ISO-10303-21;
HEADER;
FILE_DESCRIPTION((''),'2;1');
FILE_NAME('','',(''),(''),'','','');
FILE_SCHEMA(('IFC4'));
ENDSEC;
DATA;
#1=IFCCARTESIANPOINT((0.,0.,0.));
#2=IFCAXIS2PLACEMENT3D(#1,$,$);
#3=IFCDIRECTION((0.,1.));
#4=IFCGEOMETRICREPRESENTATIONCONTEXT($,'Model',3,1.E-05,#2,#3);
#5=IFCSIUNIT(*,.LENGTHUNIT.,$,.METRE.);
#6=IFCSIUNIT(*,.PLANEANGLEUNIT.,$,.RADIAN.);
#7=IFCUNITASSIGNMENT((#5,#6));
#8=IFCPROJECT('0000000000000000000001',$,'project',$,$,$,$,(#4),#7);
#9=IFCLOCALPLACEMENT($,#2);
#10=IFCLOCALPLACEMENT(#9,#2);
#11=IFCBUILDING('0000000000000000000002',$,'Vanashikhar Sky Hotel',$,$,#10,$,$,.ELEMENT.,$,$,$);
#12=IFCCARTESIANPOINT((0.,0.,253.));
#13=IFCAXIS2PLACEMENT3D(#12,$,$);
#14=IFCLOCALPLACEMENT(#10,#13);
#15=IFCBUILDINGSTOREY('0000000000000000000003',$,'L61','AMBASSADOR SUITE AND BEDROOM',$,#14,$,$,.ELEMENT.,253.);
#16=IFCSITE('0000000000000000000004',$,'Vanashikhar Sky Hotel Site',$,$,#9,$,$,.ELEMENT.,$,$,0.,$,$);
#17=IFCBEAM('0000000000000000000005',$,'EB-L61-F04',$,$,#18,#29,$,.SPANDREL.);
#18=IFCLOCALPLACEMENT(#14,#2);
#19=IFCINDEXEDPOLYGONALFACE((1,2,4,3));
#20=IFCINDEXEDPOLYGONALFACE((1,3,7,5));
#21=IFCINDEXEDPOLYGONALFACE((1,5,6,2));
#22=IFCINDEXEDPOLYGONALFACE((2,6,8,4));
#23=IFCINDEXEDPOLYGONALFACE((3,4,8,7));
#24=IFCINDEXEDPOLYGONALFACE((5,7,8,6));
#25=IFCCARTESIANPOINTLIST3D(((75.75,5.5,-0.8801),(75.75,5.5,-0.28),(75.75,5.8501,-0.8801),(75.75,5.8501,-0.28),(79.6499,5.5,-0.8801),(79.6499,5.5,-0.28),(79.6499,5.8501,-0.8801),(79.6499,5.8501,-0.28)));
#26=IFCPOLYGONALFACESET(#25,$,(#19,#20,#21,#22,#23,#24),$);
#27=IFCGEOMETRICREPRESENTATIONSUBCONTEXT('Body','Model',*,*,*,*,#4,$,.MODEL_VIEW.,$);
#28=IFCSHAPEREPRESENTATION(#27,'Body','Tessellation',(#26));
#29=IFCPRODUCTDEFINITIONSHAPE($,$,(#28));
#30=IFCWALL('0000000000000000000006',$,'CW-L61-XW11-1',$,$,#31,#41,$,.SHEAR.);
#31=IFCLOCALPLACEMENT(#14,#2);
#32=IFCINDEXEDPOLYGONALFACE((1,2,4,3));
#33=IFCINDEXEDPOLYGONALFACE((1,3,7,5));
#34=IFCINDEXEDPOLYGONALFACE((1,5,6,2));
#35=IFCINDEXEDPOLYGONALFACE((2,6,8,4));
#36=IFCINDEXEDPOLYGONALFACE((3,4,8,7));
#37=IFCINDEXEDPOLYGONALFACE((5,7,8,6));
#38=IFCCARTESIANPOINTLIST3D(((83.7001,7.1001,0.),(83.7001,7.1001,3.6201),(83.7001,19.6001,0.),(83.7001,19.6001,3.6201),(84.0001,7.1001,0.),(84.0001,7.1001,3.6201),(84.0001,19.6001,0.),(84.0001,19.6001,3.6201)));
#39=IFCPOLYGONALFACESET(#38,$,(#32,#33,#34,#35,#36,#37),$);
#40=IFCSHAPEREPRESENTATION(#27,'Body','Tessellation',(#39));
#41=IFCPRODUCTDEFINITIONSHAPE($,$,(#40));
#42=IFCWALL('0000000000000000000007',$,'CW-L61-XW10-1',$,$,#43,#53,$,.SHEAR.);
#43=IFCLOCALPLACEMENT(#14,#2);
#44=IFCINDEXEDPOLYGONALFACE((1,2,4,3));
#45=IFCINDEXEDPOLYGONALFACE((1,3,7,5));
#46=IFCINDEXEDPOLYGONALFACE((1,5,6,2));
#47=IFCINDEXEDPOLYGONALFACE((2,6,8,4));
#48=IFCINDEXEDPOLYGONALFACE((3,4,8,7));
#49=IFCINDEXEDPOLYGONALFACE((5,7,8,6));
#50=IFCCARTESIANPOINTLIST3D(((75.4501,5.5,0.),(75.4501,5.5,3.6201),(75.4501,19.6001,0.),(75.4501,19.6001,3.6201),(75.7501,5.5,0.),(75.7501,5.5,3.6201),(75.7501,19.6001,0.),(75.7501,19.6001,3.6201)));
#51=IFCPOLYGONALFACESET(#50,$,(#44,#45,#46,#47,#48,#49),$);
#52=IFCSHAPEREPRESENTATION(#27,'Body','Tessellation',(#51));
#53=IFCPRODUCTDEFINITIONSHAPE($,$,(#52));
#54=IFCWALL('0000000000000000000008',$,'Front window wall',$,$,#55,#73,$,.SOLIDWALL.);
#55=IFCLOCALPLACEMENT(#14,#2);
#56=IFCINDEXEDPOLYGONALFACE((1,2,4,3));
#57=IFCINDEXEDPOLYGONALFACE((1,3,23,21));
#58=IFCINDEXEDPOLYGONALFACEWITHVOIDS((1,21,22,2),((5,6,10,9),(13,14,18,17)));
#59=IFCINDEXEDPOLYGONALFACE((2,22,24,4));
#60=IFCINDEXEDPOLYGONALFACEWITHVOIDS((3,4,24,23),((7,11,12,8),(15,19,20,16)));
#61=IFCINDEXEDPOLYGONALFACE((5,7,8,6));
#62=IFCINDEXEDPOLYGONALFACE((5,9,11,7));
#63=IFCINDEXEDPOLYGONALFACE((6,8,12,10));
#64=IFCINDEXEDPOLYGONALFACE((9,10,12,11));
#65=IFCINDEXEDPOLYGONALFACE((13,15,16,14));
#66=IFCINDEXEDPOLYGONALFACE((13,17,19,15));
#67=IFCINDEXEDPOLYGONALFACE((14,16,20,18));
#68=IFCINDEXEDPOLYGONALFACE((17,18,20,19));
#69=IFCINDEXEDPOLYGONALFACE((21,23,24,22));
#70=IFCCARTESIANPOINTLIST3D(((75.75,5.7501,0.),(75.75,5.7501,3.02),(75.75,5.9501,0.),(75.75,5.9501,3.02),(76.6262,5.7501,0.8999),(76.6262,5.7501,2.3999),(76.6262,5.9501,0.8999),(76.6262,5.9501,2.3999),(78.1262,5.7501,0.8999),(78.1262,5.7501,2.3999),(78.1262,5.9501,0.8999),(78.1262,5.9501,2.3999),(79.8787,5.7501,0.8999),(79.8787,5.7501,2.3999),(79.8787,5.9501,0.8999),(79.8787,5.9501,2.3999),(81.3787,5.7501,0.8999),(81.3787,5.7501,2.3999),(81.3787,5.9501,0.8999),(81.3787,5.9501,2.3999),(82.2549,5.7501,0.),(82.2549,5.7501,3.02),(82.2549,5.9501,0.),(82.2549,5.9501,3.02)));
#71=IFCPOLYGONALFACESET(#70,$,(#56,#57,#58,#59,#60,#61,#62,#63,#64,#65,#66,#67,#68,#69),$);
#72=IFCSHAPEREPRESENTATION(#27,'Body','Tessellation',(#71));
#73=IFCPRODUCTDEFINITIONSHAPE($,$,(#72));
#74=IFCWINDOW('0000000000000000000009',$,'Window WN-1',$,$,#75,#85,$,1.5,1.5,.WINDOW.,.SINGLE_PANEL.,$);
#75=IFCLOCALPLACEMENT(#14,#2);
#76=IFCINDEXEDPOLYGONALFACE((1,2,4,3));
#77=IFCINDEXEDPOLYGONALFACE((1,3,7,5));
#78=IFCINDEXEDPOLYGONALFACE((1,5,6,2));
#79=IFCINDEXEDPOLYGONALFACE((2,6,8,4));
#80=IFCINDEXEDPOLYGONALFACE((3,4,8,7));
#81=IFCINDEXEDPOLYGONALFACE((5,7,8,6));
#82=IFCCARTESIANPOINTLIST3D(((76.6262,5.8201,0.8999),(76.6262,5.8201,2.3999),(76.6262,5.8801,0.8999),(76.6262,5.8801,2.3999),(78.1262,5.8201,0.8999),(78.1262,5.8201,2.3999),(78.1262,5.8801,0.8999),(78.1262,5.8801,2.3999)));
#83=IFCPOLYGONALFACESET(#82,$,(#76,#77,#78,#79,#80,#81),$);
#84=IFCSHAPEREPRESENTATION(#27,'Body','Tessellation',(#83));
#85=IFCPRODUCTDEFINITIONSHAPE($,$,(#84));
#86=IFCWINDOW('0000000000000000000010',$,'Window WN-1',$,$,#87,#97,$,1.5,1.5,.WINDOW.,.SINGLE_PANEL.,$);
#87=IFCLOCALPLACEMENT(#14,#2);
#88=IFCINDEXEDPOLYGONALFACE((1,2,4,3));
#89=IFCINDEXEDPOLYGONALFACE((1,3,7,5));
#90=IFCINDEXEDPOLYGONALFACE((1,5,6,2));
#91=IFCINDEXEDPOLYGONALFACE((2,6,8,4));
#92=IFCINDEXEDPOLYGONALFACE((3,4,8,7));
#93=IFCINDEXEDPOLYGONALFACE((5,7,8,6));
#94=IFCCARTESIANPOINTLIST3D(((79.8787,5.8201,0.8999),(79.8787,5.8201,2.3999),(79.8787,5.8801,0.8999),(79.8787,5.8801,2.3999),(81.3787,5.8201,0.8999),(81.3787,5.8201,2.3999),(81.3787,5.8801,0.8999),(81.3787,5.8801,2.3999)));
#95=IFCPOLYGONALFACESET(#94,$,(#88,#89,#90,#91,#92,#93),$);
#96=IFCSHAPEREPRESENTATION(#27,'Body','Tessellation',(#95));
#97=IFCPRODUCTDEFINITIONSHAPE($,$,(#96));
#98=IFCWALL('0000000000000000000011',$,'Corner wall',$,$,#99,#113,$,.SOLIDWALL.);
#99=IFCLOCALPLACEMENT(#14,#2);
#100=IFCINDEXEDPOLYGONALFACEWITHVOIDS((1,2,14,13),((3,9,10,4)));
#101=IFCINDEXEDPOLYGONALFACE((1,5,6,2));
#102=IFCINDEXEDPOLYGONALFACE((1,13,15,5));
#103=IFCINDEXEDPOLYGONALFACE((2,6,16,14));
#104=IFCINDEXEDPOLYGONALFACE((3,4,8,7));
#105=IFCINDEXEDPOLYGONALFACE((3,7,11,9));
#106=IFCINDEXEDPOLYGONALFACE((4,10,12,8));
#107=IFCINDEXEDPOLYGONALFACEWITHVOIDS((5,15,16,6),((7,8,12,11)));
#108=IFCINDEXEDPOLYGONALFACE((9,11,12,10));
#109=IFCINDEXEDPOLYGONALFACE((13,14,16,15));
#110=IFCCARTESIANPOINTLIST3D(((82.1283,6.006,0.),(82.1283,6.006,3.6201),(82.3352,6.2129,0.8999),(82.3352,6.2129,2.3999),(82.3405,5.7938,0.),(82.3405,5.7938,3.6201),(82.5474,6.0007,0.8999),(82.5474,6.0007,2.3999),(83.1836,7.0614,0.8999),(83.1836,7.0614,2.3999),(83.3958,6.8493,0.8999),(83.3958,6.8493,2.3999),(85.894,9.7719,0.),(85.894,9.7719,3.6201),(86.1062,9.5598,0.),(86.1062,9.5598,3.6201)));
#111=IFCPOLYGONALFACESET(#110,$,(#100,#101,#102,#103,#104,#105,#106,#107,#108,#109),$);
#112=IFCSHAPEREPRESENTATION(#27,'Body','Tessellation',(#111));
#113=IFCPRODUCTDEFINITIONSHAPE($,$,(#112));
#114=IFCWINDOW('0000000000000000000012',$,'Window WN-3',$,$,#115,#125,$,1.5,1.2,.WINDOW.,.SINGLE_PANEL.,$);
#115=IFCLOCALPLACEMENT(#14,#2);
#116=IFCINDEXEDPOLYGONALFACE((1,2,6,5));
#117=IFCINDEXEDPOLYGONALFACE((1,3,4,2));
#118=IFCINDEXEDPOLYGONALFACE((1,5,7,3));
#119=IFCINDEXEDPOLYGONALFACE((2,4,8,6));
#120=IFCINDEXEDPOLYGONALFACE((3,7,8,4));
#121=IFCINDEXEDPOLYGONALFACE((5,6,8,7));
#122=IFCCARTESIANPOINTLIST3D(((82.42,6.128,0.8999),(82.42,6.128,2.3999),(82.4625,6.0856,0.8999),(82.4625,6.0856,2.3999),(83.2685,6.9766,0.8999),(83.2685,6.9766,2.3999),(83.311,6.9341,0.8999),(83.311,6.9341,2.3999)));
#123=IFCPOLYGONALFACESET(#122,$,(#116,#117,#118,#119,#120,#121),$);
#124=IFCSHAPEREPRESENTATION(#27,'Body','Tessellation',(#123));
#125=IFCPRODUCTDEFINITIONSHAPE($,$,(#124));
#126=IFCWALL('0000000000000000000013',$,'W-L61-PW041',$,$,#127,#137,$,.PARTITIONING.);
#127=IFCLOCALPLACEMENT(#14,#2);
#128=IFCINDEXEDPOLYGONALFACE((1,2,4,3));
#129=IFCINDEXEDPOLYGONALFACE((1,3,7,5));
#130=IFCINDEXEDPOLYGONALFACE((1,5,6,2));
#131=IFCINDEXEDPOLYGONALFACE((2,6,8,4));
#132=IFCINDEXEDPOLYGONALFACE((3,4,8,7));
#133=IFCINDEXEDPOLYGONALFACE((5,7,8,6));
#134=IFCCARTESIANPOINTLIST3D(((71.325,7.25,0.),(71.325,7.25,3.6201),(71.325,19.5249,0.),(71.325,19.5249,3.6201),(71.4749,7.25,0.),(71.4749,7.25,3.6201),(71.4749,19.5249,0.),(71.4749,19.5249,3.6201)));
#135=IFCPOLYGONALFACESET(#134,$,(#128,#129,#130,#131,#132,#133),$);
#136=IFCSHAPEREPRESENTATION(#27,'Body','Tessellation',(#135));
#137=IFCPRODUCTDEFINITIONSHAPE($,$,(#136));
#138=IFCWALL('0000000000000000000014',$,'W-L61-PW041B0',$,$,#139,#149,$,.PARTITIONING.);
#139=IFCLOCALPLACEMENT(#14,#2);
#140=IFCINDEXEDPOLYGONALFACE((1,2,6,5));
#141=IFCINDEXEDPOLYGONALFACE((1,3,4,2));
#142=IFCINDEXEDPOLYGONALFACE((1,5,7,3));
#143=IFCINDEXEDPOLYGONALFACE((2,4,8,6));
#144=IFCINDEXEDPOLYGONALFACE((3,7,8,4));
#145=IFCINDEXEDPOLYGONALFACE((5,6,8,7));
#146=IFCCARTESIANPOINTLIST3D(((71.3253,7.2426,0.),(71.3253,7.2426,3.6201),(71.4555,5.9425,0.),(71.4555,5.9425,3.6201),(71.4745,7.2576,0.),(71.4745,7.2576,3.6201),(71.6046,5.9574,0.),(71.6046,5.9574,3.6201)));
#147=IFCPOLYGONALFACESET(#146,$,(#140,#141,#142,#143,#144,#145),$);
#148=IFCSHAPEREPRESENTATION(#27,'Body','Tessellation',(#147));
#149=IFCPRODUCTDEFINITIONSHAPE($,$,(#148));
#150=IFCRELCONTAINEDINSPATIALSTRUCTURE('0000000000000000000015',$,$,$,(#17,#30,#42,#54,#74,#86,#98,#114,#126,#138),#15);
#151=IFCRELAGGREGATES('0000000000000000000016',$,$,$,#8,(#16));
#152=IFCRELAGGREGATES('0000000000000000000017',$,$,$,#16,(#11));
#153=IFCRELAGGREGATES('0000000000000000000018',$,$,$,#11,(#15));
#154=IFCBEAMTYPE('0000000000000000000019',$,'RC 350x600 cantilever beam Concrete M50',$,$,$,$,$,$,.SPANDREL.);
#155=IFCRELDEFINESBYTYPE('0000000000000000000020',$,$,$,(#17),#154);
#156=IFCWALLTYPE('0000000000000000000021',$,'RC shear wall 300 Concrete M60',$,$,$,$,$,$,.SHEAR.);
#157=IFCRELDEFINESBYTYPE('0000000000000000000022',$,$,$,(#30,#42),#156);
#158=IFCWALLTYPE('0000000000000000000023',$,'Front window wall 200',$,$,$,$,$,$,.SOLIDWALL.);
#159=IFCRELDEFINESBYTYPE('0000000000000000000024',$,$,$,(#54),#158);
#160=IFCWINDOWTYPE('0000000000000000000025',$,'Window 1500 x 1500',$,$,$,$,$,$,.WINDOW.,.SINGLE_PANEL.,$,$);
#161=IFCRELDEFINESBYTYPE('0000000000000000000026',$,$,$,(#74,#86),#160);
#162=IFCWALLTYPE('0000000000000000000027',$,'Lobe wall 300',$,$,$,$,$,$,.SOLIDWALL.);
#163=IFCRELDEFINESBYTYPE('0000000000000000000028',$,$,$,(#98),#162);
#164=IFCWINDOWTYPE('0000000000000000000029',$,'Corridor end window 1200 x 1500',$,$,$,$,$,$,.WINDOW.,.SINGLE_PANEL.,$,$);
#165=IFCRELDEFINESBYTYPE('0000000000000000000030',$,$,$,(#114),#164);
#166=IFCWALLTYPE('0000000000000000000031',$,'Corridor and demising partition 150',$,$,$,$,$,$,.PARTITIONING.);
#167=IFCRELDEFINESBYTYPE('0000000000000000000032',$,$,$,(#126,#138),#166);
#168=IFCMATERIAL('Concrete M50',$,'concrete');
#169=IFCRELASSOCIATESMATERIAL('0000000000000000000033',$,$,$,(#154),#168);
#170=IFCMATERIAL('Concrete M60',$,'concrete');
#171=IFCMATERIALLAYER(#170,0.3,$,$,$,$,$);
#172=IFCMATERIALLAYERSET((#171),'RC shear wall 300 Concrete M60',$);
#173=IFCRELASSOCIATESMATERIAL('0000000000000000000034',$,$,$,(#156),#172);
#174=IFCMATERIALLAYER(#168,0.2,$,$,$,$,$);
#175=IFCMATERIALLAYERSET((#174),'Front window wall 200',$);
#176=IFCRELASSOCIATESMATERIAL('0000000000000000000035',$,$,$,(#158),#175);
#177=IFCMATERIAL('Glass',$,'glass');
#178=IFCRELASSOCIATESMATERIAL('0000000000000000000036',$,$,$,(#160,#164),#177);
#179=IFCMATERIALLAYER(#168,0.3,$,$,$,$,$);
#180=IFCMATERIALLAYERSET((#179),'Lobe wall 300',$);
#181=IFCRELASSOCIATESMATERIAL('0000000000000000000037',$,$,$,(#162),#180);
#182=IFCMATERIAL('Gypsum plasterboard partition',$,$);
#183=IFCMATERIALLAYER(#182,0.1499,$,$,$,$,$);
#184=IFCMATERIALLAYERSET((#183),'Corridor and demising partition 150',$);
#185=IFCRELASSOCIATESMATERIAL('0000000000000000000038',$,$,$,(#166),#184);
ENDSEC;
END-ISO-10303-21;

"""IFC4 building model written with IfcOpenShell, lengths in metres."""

from ifc_helpers import new_model, si_unit, direction, frame, frame_2d, origin, origin_2d, place, context, subcontext, project, spatial, rectangle, extrude, source, transform, mapped, material, layer, layer_set, material_profile, profile_set, type_object, element, fill, save


model = new_model("IFC4")

# Units and contexts
model_context = context("Model", 3, precision=1e-05, world=origin(), true_north=direction((0.0, 1.0)))
body_context = subcontext(model_context, "Body", "Model", "MODEL_VIEW")
ifc_project = project(units=[si_unit("LENGTHUNIT", "METRE"), si_unit("PLANEANGLEUNIT", "RADIAN")], contexts=[model_context])

# Site, building, storey
site_placement = place(None, origin())
site = spatial("IfcSite", under=ifc_project, at=site_placement, Name="Vanashikhar Sky Hotel Site", CompositionType="ELEMENT", RefElevation=0.0)
building_placement = place(site_placement, origin())
building = spatial("IfcBuilding", under=site, at=building_placement, Name="Vanashikhar Sky Hotel", CompositionType="ELEMENT")
storey_placement = place(building_placement, frame((0.0, 0.0, 253.0)))
storey = spatial("IfcBuildingStorey", under=building, at=storey_placement, Name="L61", Description="AMBASSADOR SUITE AND BEDROOM", CompositionType="ELEMENT", Elevation=253.0)

# Beam
ifc_material_1 = material(Name="Concrete M50", Category="concrete")
ifc_material_profile = material_profile(ifc_material_1, rectangle(XDim=0.3501, YDim=0.6001, at=origin_2d()))
ifc_profile_set = profile_set([ifc_material_profile], Name="RC 350x600 cantilever beam Concrete M50")
beam_type = type_object("IfcBeamType", Name="RC 350x600 cantilever beam Concrete M50", PredefinedType="SPANDREL", material=ifc_profile_set)
shared_shape_1 = source(origin(), body_context, "Body", "SweptSolid", [
    extrude(rectangle(XDim=0.3501, YDim=0.6001, at=origin_2d()), origin(), (0.0, 0.0, 1.0), 3.8999),
])
beam_placement = place(storey_placement, frame((75.75, 5.675, -0.5801), z_axis=(1.0, 0.0, 0.0), x_axis=(0.0, 1.0, 0.0)))
element("IfcBeam", 1, at=beam_placement, inside=storey, type_object=beam_type, Name="EB-L61-F04", PredefinedType="SPANDREL", context=body_context, shape_type="MappedRepresentation", body=[
    mapped(shared_shape_1, transform((0.0, 0.0, 0.0), scale=1.0)),
])

# Walls
ifc_material_2 = material(Name="Concrete M60", Category="concrete")
ifc_layer_1 = layer(ifc_material_2, 0.3)
ifc_layer_set_1 = layer_set([ifc_layer_1], Name="RC shear wall 300 Concrete M60")
wall_type_1 = type_object("IfcWallType", Name="RC shear wall 300 Concrete M60", PredefinedType="SHEAR", material=ifc_layer_set_1)
shared_shape_2 = source(origin(), body_context, "Body", "SweptSolid", [
    extrude(rectangle(XDim=12.5, YDim=0.3, at=frame_2d((6.25, 0.0))), origin(), (0.0, 0.0, 1.0), 3.6201),
])
wall_1_placement = place(storey_placement, frame((83.8501, 7.1001, 0.0), z_axis=(0.0, 0.0, 1.0), x_axis=(0.0, 1.0, 0.0)))
element("IfcWall", 2, at=wall_1_placement, inside=storey, type_object=wall_type_1, Name="CW-L61-XW11-1", PredefinedType="SHEAR", context=body_context, shape_type="MappedRepresentation", body=[
    mapped(shared_shape_2, transform((0.0, 0.0, 0.0), scale=1.0)),
])
shared_shape_3 = source(origin(), body_context, "Body", "SweptSolid", [
    extrude(rectangle(XDim=14.1001, YDim=0.3, at=frame_2d((7.05, 0.0))), origin(), (0.0, 0.0, 1.0), 3.6201),
])
wall_2_placement = place(storey_placement, frame((75.6001, 5.5, 0.0), z_axis=(0.0, 0.0, 1.0), x_axis=(0.0, 1.0, 0.0)))
element("IfcWall", 3, at=wall_2_placement, inside=storey, type_object=wall_type_1, Name="CW-L61-XW10-1", PredefinedType="SHEAR", context=body_context, shape_type="MappedRepresentation", body=[
    mapped(shared_shape_3, transform((0.0, 0.0, 0.0), scale=1.0)),
])

# Wall, openings, windows
ifc_layer_2 = layer(ifc_material_1, 0.2)
ifc_layer_set_2 = layer_set([ifc_layer_2], Name="Front window wall 200")
wall_type_2 = type_object("IfcWallType", Name="Front window wall 200", PredefinedType="SOLIDWALL", material=ifc_layer_set_2)
shared_shape_4 = source(origin(), body_context, "Body", "SweptSolid", [
    extrude(rectangle(XDim=6.5049, YDim=0.2, at=frame_2d((3.2524, 0.0))), origin(), (0.0, 0.0, 1.0), 3.02),
])
wall_3_placement = place(storey_placement, frame((75.75, 5.8501, 0.0), z_axis=(0.0, 0.0, 1.0), x_axis=(1.0, 0.0, 0.0)))
wall_3 = element("IfcWall", 4, at=wall_3_placement, inside=storey, type_object=wall_type_2, Name="Front window wall", PredefinedType="SOLIDWALL", context=body_context, shape_type="MappedRepresentation", body=[
    mapped(shared_shape_4, transform((0.0, 0.0, 0.0), scale=1.0)),
])
shared_shape_5 = source(origin(), body_context, "Body", "SweptSolid", [
    extrude(rectangle(XDim=1.5, YDim=1.5, at=frame_2d((0.75, 0.75))), frame((0.0, 0.1099, 0.0), z_axis=(0.0, -1.0, 0.0), x_axis=(1.0, 0.0, 0.0)), (0.0, 0.0, 1.0), 0.22),
])
opening_1_placement = place(wall_3_placement, frame((0.8762, 0.0, 0.8999)))
opening_1 = element("IfcOpeningElement", 5, at=opening_1_placement, cuts=wall_3, PredefinedType="OPENING", context=body_context, shape_type="MappedRepresentation", body=[
    mapped(shared_shape_5, transform((0.0, 0.0, 0.0), scale=1.0)),
])
opening_2_placement = place(wall_3_placement, frame((4.1287, 0.0, 0.8999)))
opening_2 = element("IfcOpeningElement", 6, at=opening_2_placement, cuts=wall_3, PredefinedType="OPENING", context=body_context, shape_type="MappedRepresentation", body=[
    mapped(shared_shape_5, transform((0.0, 0.0, 0.0), scale=1.0)),
])
ifc_material_3 = material(Name="Glass", Category="glass")
window_type_1 = type_object("IfcWindowType", Name="Window 1500 x 1500", PartitioningType="SINGLE_PANEL", PredefinedType="WINDOW", material=ifc_material_3)
shared_shape_6 = source(origin(), body_context, "Body", "SweptSolid", [
    extrude(rectangle(XDim=1.5, YDim=1.5, at=frame_2d((0.75, 0.75))), frame((0.0, 0.03, 0.0), z_axis=(0.0, -1.0, 0.0), x_axis=(1.0, 0.0, 0.0)), (0.0, 0.0, 1.0), 0.0601),
])
window_1_placement = place(opening_1_placement, origin())
window_1 = element("IfcWindow", 7, at=window_1_placement, inside=storey, type_object=window_type_1, Name="Window WN-1", OverallHeight=1.5, OverallWidth=1.5, PartitioningType="SINGLE_PANEL", PredefinedType="WINDOW", context=body_context, shape_type="MappedRepresentation", body=[
    mapped(shared_shape_6, transform((0.0, 0.0, 0.0), scale=1.0)),
])
fill(opening_1, window_1)
window_2_placement = place(opening_2_placement, origin())
window_2 = element("IfcWindow", 8, at=window_2_placement, inside=storey, type_object=window_type_1, Name="Window WN-1", OverallHeight=1.5, OverallWidth=1.5, PartitioningType="SINGLE_PANEL", PredefinedType="WINDOW", context=body_context, shape_type="MappedRepresentation", body=[
    mapped(shared_shape_6, transform((0.0, 0.0, 0.0), scale=1.0)),
])
fill(opening_2, window_2)

# Wall, opening, window
ifc_layer_3 = layer(ifc_material_1, 0.3)
ifc_layer_set_3 = layer_set([ifc_layer_3], Name="Lobe wall 300")
wall_type_3 = type_object("IfcWallType", Name="Lobe wall 300", PredefinedType="SOLIDWALL", material=ifc_layer_set_3)
shared_shape_7 = source(origin(), body_context, "Body", "SweptSolid", [
    extrude(rectangle(XDim=5.3257, YDim=0.3, at=frame_2d((2.6628, 0.0))), origin(), (0.0, 0.0, 1.0), 3.6201),
])
wall_4_placement = place(storey_placement, frame((82.2344, 5.8999, 0.0), z_axis=(0.0, 0.0, 1.0), x_axis=(0.707084, 0.70713, 0.0)))
wall_4 = element("IfcWall", 9, at=wall_4_placement, inside=storey, type_object=wall_type_3, Name="Corner wall", PredefinedType="SOLIDWALL", context=body_context, shape_type="MappedRepresentation", body=[
    mapped(shared_shape_7, transform((0.0, 0.0, 0.0), scale=1.0)),
])
shared_shape_8 = source(origin(), body_context, "Body", "SweptSolid", [
    extrude(rectangle(XDim=1.2, YDim=1.5, at=frame_2d((0.6001, 0.75))), frame((0.0, 0.1602, 0.0), z_axis=(0.0, -1.0, 0.0), x_axis=(1.0, 0.0, 0.0)), (0.0, 0.0, 1.0), 0.3201),
])
opening_3_placement = place(wall_4_placement, frame((0.2925, 0.0, 0.8999)))
opening_3 = element("IfcOpeningElement", 10, at=opening_3_placement, cuts=wall_4, PredefinedType="OPENING", context=body_context, shape_type="MappedRepresentation", body=[
    mapped(shared_shape_8, transform((0.0, 0.0, 0.0), scale=1.0)),
])
window_type_2 = type_object("IfcWindowType", Name="Corridor end window 1200 x 1500", PartitioningType="SINGLE_PANEL", PredefinedType="WINDOW", material=ifc_material_3)
shared_shape_9 = source(origin(), body_context, "Body", "SweptSolid", [
    extrude(rectangle(XDim=1.2, YDim=1.5, at=frame_2d((0.6001, 0.75))), frame((0.0, 0.03, 0.0), z_axis=(0.0, -1.0, 0.0), x_axis=(1.0, 0.0, 0.0)), (0.0, 0.0, 1.0), 0.0601),
])
window_3_placement = place(opening_3_placement, origin())
window_3 = element("IfcWindow", 11, at=window_3_placement, inside=storey, type_object=window_type_2, Name="Window WN-3", OverallHeight=1.5, OverallWidth=1.2, PartitioningType="SINGLE_PANEL", PredefinedType="WINDOW", context=body_context, shape_type="MappedRepresentation", body=[
    mapped(shared_shape_9, transform((0.0, 0.0, 0.0), scale=1.0)),
])
fill(opening_3, window_3)

# Walls
ifc_material_4 = material(Name="Gypsum plasterboard partition")
ifc_layer_4 = layer(ifc_material_4, 0.1499)
ifc_layer_set_4 = layer_set([ifc_layer_4], Name="Corridor and demising partition 150")
wall_type_4 = type_object("IfcWallType", Name="Corridor and demising partition 150", PredefinedType="PARTITIONING", material=ifc_layer_set_4)
shared_shape_10 = source(origin(), body_context, "Body", "SweptSolid", [
    extrude(rectangle(XDim=12.2749, YDim=0.1499, at=frame_2d((6.1375, 0.0))), origin(), (0.0, 0.0, 1.0), 3.6201),
])
wall_5_placement = place(storey_placement, frame((71.3999, 7.25, 0.0), z_axis=(0.0, 0.0, 1.0), x_axis=(0.0, 1.0, 0.0)))
element("IfcWall", 12, at=wall_5_placement, inside=storey, type_object=wall_type_4, Name="W-L61-PW041", PredefinedType="PARTITIONING", context=body_context, shape_type="MappedRepresentation", body=[
    mapped(shared_shape_10, transform((0.0, 0.0, 0.0), scale=1.0)),
])
shared_shape_11 = source(origin(), body_context, "Body", "SweptSolid", [
    extrude(rectangle(XDim=1.3066, YDim=0.1499, at=frame_2d((0.6533, 0.0))), origin(), (0.0, 0.0, 1.0), 3.6201),
])
wall_6_placement = place(storey_placement, frame((71.53, 5.95, 0.0), z_axis=(0.0, 0.0, 1.0), x_axis=(-0.099596, 0.995028, 0.0)))
element("IfcWall", 13, at=wall_6_placement, inside=storey, type_object=wall_type_4, Name="W-L61-PW041B0", PredefinedType="PARTITIONING", context=body_context, shape_type="MappedRepresentation", body=[
    mapped(shared_shape_11, transform((0.0, 0.0, 0.0), scale=1.0)),
])

save(model, "model.ifc")
